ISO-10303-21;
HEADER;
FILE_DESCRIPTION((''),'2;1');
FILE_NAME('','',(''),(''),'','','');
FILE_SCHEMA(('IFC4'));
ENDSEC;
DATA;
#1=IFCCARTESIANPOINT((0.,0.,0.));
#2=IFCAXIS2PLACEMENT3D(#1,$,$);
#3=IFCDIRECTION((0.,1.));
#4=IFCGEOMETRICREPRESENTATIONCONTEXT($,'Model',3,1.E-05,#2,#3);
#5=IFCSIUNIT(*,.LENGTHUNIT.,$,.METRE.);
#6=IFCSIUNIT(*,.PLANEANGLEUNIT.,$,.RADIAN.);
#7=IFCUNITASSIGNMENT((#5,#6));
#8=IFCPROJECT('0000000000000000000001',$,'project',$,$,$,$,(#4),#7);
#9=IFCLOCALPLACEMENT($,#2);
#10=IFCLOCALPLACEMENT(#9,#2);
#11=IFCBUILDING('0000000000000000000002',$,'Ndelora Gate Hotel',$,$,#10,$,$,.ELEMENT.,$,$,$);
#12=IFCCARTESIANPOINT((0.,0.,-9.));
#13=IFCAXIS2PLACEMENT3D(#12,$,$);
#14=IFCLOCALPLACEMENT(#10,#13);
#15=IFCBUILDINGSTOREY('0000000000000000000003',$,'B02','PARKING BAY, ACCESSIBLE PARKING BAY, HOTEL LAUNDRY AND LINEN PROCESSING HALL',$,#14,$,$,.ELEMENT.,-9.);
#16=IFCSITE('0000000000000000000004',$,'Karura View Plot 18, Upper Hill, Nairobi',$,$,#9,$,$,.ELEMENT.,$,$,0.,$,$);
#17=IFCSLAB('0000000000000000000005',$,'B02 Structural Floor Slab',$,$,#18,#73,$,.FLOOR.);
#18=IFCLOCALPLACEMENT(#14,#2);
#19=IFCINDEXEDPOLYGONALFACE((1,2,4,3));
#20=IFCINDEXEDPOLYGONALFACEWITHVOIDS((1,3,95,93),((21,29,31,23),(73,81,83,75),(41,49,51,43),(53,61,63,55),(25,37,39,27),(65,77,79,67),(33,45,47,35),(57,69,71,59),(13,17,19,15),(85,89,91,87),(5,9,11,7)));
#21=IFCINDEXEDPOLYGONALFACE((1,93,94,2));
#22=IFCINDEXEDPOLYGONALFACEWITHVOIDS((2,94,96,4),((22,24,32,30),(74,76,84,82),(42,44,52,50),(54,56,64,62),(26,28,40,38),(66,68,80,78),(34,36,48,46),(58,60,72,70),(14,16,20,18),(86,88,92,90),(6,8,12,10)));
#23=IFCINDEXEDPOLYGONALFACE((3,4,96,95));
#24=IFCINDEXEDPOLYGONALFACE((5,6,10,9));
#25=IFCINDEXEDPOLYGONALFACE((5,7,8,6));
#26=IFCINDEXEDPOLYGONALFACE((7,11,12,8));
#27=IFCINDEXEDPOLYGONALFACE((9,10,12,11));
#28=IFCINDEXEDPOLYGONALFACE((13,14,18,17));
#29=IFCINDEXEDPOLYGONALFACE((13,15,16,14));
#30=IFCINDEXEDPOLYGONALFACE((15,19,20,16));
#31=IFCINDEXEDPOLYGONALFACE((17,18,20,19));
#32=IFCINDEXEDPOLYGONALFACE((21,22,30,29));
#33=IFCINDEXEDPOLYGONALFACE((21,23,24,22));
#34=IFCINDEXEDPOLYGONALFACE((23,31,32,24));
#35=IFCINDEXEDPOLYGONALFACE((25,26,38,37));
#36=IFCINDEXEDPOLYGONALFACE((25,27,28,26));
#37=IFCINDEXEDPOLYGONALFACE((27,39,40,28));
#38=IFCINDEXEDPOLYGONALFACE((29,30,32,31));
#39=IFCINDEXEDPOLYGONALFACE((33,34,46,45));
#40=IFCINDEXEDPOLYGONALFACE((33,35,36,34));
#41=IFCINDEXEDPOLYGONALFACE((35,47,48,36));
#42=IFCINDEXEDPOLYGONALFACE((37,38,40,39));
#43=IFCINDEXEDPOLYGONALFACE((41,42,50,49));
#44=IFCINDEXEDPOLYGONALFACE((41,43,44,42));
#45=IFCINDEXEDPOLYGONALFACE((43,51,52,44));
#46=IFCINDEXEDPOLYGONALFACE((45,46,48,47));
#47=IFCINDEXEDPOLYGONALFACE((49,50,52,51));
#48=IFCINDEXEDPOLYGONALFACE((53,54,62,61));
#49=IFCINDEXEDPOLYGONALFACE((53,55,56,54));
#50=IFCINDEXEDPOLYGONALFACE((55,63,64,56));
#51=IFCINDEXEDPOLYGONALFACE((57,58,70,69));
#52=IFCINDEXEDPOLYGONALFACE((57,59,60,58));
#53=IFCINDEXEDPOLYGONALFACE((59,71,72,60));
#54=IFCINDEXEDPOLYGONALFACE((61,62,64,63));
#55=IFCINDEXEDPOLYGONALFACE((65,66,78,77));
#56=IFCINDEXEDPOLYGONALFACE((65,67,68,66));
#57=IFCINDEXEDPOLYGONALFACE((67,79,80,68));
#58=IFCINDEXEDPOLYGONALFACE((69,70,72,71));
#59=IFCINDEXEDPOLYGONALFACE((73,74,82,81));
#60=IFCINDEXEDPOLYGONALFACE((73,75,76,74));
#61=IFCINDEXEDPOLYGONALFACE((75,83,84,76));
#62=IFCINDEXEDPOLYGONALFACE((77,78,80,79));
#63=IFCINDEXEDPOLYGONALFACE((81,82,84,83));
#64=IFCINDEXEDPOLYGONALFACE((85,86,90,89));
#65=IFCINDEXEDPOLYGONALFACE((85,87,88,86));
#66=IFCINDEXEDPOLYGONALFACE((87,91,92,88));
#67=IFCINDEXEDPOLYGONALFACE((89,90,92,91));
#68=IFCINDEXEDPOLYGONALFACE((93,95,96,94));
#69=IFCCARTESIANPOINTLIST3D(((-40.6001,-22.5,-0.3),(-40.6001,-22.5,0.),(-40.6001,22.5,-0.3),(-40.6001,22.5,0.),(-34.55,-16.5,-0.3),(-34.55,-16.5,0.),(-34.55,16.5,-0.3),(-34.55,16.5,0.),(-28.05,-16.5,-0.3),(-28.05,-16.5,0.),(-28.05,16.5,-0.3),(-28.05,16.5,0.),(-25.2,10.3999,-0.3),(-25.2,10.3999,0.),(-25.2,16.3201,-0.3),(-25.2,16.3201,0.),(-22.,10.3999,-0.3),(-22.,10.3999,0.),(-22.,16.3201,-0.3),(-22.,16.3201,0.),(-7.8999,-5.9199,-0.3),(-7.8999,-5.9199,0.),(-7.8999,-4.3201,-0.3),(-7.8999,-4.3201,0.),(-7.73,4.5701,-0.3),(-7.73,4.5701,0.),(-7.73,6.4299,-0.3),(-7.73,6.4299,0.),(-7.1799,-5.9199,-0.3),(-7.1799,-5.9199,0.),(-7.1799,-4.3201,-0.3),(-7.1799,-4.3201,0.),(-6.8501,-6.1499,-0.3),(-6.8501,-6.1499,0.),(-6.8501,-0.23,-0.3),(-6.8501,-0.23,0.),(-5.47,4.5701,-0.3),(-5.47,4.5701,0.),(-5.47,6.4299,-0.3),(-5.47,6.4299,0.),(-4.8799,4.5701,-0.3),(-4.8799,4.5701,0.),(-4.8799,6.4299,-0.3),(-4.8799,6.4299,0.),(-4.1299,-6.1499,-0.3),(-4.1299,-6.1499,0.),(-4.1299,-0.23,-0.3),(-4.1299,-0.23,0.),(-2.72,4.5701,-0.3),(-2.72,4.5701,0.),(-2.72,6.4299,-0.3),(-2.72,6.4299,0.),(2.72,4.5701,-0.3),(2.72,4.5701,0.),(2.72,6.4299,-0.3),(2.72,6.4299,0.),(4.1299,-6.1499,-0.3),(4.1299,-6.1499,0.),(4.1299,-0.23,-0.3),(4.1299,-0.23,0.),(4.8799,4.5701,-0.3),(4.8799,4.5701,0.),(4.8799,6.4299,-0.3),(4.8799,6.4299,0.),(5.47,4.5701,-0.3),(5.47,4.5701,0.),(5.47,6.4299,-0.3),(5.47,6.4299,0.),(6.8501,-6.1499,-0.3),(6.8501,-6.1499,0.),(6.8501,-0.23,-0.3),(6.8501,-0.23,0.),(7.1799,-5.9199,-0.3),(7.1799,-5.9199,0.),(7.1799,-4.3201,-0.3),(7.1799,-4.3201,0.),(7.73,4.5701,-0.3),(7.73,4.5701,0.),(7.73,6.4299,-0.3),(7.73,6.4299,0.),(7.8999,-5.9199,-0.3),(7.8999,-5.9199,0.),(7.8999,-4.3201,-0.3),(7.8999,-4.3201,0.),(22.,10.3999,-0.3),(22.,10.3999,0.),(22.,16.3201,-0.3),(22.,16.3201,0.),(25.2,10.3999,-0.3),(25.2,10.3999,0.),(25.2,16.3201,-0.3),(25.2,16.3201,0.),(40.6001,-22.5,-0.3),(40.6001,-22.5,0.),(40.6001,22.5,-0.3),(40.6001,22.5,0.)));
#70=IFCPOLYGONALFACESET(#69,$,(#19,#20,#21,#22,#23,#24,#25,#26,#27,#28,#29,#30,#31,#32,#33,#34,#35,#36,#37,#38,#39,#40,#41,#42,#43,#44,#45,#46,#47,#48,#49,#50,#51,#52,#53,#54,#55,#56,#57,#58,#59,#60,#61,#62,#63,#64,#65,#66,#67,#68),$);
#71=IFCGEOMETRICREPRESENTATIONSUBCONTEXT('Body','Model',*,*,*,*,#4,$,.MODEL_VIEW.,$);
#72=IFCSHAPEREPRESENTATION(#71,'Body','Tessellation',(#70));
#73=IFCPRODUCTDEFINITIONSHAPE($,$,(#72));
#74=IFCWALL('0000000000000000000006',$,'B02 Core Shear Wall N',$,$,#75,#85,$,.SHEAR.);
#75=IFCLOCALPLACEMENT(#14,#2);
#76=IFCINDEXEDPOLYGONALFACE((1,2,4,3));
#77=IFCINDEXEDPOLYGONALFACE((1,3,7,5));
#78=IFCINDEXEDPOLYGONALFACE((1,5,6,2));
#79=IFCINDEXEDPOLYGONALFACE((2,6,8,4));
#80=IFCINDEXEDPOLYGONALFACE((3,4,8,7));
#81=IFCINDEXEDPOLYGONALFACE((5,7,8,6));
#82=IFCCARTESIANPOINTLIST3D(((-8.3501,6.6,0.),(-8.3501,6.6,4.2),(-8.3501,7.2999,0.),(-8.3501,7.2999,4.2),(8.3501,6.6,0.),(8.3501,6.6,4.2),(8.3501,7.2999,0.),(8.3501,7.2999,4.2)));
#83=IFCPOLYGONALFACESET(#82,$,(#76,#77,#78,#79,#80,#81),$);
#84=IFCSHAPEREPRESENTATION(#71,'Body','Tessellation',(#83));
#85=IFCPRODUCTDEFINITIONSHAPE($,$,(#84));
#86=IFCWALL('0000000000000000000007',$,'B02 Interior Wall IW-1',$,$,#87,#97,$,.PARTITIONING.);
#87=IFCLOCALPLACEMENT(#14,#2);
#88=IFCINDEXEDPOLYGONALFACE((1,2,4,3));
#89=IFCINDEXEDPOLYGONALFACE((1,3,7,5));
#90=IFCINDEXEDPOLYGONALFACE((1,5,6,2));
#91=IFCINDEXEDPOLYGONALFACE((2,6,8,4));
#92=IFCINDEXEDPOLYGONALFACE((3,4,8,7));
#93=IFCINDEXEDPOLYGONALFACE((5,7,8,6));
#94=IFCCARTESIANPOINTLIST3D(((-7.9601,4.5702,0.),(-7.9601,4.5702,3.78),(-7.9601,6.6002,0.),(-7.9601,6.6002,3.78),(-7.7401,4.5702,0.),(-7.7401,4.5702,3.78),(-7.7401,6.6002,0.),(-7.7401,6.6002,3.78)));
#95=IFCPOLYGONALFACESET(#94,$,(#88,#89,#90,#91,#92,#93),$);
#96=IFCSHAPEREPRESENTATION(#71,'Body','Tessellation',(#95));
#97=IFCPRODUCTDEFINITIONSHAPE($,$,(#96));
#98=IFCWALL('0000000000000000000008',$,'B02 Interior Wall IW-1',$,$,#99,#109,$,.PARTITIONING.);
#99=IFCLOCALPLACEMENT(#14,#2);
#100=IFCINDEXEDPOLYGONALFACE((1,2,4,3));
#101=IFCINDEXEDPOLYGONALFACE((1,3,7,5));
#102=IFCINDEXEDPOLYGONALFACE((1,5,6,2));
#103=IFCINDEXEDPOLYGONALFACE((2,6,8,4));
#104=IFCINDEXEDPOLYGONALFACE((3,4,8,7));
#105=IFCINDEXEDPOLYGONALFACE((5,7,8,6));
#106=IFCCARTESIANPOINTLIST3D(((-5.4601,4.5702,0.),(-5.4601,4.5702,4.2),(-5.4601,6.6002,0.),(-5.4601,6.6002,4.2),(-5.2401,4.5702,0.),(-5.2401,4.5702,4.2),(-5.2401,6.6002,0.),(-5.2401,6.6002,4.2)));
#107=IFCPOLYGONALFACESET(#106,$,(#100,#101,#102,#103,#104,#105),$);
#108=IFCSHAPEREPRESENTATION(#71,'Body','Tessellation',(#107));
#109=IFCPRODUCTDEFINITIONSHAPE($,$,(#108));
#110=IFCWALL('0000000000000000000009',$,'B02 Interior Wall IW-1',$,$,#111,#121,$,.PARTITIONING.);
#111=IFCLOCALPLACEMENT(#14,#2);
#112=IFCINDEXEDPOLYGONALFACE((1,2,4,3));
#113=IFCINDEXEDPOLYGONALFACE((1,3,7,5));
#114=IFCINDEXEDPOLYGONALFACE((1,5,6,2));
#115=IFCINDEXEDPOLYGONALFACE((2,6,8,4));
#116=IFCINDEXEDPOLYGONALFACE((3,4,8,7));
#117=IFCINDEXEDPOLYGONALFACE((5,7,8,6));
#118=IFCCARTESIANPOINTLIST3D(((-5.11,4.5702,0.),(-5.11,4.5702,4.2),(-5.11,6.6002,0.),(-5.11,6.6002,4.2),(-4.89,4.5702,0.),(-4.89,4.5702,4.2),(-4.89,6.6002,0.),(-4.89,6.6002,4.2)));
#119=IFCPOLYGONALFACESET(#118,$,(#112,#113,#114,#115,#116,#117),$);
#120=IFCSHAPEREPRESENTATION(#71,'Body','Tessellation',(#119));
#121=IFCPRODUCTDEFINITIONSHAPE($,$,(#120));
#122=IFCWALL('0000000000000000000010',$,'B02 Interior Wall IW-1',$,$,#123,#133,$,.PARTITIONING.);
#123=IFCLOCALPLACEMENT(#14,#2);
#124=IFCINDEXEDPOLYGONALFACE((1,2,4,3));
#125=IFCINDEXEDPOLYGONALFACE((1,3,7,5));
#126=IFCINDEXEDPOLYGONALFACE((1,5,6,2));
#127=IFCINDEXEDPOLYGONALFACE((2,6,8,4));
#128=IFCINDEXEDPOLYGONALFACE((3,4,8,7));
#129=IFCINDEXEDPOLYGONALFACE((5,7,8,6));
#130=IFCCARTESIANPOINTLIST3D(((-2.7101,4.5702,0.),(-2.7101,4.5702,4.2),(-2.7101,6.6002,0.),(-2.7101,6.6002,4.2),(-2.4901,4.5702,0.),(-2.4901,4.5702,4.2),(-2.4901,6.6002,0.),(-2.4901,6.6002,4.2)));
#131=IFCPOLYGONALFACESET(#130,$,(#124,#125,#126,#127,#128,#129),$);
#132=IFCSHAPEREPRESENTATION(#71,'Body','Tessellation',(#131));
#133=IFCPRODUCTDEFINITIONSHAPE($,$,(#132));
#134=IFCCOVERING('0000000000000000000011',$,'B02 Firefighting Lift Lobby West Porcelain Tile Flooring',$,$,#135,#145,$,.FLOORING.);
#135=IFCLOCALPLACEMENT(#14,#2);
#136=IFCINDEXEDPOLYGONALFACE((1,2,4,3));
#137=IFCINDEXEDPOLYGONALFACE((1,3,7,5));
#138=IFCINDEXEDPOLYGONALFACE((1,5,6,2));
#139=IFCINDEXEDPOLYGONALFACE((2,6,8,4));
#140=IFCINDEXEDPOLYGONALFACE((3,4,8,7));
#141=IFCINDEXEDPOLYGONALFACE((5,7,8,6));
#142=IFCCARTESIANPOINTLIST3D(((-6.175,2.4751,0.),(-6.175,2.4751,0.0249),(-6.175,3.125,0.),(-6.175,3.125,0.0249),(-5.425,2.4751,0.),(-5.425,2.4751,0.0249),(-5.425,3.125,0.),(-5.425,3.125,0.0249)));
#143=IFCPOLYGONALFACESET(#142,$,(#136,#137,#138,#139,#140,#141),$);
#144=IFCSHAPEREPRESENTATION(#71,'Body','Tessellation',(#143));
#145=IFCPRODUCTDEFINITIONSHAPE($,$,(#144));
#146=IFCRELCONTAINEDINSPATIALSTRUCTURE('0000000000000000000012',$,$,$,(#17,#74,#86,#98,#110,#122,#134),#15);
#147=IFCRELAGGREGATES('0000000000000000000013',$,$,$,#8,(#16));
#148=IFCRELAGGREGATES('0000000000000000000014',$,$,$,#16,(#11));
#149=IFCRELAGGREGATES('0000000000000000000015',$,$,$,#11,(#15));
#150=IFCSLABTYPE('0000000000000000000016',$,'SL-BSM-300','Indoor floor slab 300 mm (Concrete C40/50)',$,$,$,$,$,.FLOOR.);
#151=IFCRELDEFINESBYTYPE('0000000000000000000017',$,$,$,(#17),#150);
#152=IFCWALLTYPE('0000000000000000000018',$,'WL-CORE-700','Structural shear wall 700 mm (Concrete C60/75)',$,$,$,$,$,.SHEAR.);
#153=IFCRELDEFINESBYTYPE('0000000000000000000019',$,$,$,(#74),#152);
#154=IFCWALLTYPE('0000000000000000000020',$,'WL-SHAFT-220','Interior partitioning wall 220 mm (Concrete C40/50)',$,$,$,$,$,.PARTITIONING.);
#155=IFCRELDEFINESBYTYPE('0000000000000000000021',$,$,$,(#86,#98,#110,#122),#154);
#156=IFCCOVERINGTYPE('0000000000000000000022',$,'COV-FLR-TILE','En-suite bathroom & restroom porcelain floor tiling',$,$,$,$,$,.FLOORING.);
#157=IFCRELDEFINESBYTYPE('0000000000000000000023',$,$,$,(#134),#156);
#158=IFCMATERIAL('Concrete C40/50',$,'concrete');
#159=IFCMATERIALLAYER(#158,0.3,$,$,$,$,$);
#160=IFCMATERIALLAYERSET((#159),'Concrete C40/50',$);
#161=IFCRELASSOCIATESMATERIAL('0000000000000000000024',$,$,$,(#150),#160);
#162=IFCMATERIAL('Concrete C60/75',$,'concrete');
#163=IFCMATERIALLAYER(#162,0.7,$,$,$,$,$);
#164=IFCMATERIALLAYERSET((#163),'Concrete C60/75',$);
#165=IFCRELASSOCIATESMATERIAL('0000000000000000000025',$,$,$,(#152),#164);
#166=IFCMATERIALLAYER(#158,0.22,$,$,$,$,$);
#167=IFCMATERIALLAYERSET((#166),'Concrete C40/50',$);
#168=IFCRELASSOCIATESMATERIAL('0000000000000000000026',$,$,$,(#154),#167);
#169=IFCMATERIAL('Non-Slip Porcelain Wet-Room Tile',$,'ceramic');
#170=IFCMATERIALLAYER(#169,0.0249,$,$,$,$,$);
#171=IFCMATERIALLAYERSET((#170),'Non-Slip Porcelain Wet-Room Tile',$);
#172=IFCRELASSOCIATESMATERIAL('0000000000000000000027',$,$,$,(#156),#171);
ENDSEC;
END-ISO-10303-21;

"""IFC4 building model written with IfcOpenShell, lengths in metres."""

from ifc_helpers import new_model, si_unit, direction, frame, frame_2d, origin, origin_2d, place, context, subcontext, project, spatial, polyline, rectangle, outline, extrude, material, layer, layer_set, type_object, element, save


model = new_model("IFC4")

# Units and contexts
model_context = context("Model", 3, precision=1e-05, world=origin(), true_north=direction((0.0, 1.0)))
body_context = subcontext(model_context, "Body", "Model", "MODEL_VIEW")
ifc_project = project(units=[si_unit("LENGTHUNIT", "METRE"), si_unit("PLANEANGLEUNIT", "RADIAN")], contexts=[model_context])

# Site, building, storey
site_placement = place(None, origin())
site = spatial("IfcSite", under=ifc_project, at=site_placement, Name="Karura View Plot 18, Upper Hill, Nairobi", CompositionType="ELEMENT", RefElevation=0.0)
building_placement = place(site_placement, origin())
building = spatial("IfcBuilding", under=site, at=building_placement, Name="Ndelora Gate Hotel", CompositionType="ELEMENT")
storey_placement = place(building_placement, frame((0.0, 0.0, -9.0)))
storey = spatial("IfcBuildingStorey", under=building, at=storey_placement, Name="B02", Description="PARKING BAY, ACCESSIBLE PARKING BAY, HOTEL LAUNDRY AND LINEN PROCESSING HALL", CompositionType="ELEMENT", Elevation=-9.0)

# Shared definitions
ifc_material_1 = material(Name="Concrete C60/75", Category="concrete")

# Shared definitions
ifc_material_2 = material(Name="Concrete C40/50", Category="concrete")

# Slab
ifc_layer_1 = layer(ifc_material_2, 0.3)
ifc_layer_set_1 = layer_set([ifc_layer_1], Name="Concrete C40/50")
slab_type = type_object("IfcSlabType", Name="SL-BSM-300", Description="Indoor floor slab 300 mm (Concrete C40/50)", PredefinedType="FLOOR", material=ifc_layer_set_1)
slab_placement = place(storey_placement, frame((0.0, 0.0, -0.3)))
element("IfcSlab", 1, at=slab_placement, inside=storey, type_object=slab_type, Name="B02 Structural Floor Slab", PredefinedType="FLOOR", context=body_context, shape_type="SweptSolid", body=[
    extrude(outline(polyline([(-40.6001, -22.5), (40.6001, -22.5), (40.6001, 22.5), (-40.6001, 22.5), (-40.6001, -22.5)]), holes=[polyline([(-6.8501, -0.23), (-6.8501, -6.1499), (-4.1299, -6.1499), (-4.1299, -0.23), (-6.8501, -0.23)]), polyline([(4.1299, -0.23), (4.1299, -6.1499), (6.8501, -6.1499), (6.8501, -0.23), (4.1299, -0.23)]), polyline([(-25.2, 16.3201), (-25.2, 10.3999), (-22.0, 10.3999), (-22.0, 16.3201), (-25.2, 16.3201)]), polyline([(22.0, 16.3201), (22.0, 10.3999), (25.2, 10.3999), (25.2, 16.3201), (22.0, 16.3201)]), polyline([(-7.73, 4.5701), (-5.47, 4.5701), (-5.47, 6.4299), (-7.73, 6.4299), (-7.73, 4.5701)]), polyline([(5.47, 4.5701), (7.73, 4.5701), (7.73, 6.4299), (5.47, 6.4299), (5.47, 4.5701)]), polyline([(-4.8799, 4.5701), (-2.72, 4.5701), (-2.72, 6.4299), (-4.8799, 6.4299), (-4.8799, 4.5701)]), polyline([(2.72, 4.5701), (4.8799, 4.5701), (4.8799, 6.4299), (2.72, 6.4299), (2.72, 4.5701)]), polyline([(-7.8999, -5.9199), (-7.1799, -5.9199), (-7.1799, -4.3201), (-7.8999, -4.3201), (-7.8999, -5.9199)]), polyline([(7.1799, -5.9199), (7.8999, -5.9199), (7.8999, -4.3201), (7.1799, -4.3201), (7.1799, -5.9199)]), polyline([(-34.55, -16.5), (-28.05, -16.5), (-28.05, 16.5), (-34.55, 16.5), (-34.55, -16.5)])]), origin(), (0.0, 0.0, 1.0), 0.3),
])

# Wall
ifc_layer_2 = layer(ifc_material_1, 0.7)
ifc_layer_set_2 = layer_set([ifc_layer_2], Name="Concrete C60/75")
wall_type_1 = type_object("IfcWallType", Name="WL-CORE-700", Description="Structural shear wall 700 mm (Concrete C60/75)", PredefinedType="SHEAR", material=ifc_layer_set_2)
wall_1_placement = place(storey_placement, frame((-8.3501, 6.95, 0.0), z_axis=(0.0, 0.0, 1.0), x_axis=(1.0, 0.0, 0.0)))
element("IfcWall", 2, at=wall_1_placement, inside=storey, type_object=wall_type_1, Name="B02 Core Shear Wall N", PredefinedType="SHEAR", context=body_context, shape_type="SweptSolid", body=[
    extrude(rectangle(XDim=16.7002, YDim=0.7, at=frame_2d((8.3501, 0.0))), origin(), (0.0, 0.0, 1.0), 4.2),
])

# Shared definitions
ifc_layer_3 = layer(ifc_material_2, 0.22)
ifc_layer_set_3 = layer_set([ifc_layer_3], Name="Concrete C40/50")
wall_type_2 = type_object("IfcWallType", Name="WL-SHAFT-220", Description="Interior partitioning wall 220 mm (Concrete C40/50)", PredefinedType="PARTITIONING", material=ifc_layer_set_3)

# Walls
wall_2_placement = place(storey_placement, frame((-7.8501, 4.5701, 0.0), z_axis=(0.0, 0.0, 1.0), x_axis=(0.0, 1.0, 0.0)))
element("IfcWall", 3, at=wall_2_placement, inside=storey, type_object=wall_type_2, Name="B02 Interior Wall IW-1", PredefinedType="PARTITIONING", context=body_context, shape_type="SweptSolid", body=[
    extrude(rectangle(XDim=2.03, YDim=0.22, at=frame_2d((1.0151, 0.0))), origin(), (0.0, 0.0, 1.0), 3.78),
])
wall_3_placement = place(storey_placement, frame((-5.3501, 4.5701, 0.0), z_axis=(0.0, 0.0, 1.0), x_axis=(0.0, 1.0, 0.0)))
element("IfcWall", 4, at=wall_3_placement, inside=storey, type_object=wall_type_2, Name="B02 Interior Wall IW-1", PredefinedType="PARTITIONING", context=body_context, shape_type="SweptSolid", body=[
    extrude(rectangle(XDim=2.03, YDim=0.22, at=frame_2d((1.0151, 0.0))), origin(), (0.0, 0.0, 1.0), 4.2),
])

# Walls
for number, where, z_axis, x_axis, name in (
    (5, (-5.0, 4.5701, 0.0), (0.0, 0.0, 1.0), (0.0, 1.0, 0.0), "B02 Interior Wall IW-1"),
    (6, (-2.6001, 4.5701, 0.0), (0.0, 0.0, 1.0), (0.0, 1.0, 0.0), "B02 Interior Wall IW-1"),
):
    element("IfcWall", number, at=place(storey_placement, frame(where, z_axis=z_axis, x_axis=x_axis)), inside=storey, type_object=wall_type_2, Name=name, PredefinedType="PARTITIONING", context=body_context, shape_type="SweptSolid", body=[
        extrude(rectangle(XDim=2.03, YDim=0.22, at=frame_2d((1.0151, 0.0))), origin(), (0.0, 0.0, 1.0), 4.2),
    ])

# Covering
ifc_material_3 = material(Name="Non-Slip Porcelain Wet-Room Tile", Category="ceramic")
ifc_layer_4 = layer(ifc_material_3, 0.0249)
ifc_layer_set_4 = layer_set([ifc_layer_4], Name="Non-Slip Porcelain Wet-Room Tile")
covering_type = type_object("IfcCoveringType", Name="COV-FLR-TILE", Description="En-suite bathroom & restroom porcelain floor tiling", PredefinedType="FLOORING", material=ifc_layer_set_4)
covering_placement = place(storey_placement, frame((-5.8, 2.8, 0.0), z_axis=(0.0, 0.0, 1.0), x_axis=(1.0, 0.0, 0.0)))
element("IfcCovering", 7, at=covering_placement, inside=storey, type_object=covering_type, Name="B02 Firefighting Lift Lobby West Porcelain Tile Flooring", PredefinedType="FLOORING", context=body_context, shape_type="SweptSolid", body=[
    extrude(rectangle(XDim=0.75, YDim=0.6499, at=origin_2d()), origin(), (0.0, 0.0, 1.0), 0.0249),
])

save(model, "model.ifc")
